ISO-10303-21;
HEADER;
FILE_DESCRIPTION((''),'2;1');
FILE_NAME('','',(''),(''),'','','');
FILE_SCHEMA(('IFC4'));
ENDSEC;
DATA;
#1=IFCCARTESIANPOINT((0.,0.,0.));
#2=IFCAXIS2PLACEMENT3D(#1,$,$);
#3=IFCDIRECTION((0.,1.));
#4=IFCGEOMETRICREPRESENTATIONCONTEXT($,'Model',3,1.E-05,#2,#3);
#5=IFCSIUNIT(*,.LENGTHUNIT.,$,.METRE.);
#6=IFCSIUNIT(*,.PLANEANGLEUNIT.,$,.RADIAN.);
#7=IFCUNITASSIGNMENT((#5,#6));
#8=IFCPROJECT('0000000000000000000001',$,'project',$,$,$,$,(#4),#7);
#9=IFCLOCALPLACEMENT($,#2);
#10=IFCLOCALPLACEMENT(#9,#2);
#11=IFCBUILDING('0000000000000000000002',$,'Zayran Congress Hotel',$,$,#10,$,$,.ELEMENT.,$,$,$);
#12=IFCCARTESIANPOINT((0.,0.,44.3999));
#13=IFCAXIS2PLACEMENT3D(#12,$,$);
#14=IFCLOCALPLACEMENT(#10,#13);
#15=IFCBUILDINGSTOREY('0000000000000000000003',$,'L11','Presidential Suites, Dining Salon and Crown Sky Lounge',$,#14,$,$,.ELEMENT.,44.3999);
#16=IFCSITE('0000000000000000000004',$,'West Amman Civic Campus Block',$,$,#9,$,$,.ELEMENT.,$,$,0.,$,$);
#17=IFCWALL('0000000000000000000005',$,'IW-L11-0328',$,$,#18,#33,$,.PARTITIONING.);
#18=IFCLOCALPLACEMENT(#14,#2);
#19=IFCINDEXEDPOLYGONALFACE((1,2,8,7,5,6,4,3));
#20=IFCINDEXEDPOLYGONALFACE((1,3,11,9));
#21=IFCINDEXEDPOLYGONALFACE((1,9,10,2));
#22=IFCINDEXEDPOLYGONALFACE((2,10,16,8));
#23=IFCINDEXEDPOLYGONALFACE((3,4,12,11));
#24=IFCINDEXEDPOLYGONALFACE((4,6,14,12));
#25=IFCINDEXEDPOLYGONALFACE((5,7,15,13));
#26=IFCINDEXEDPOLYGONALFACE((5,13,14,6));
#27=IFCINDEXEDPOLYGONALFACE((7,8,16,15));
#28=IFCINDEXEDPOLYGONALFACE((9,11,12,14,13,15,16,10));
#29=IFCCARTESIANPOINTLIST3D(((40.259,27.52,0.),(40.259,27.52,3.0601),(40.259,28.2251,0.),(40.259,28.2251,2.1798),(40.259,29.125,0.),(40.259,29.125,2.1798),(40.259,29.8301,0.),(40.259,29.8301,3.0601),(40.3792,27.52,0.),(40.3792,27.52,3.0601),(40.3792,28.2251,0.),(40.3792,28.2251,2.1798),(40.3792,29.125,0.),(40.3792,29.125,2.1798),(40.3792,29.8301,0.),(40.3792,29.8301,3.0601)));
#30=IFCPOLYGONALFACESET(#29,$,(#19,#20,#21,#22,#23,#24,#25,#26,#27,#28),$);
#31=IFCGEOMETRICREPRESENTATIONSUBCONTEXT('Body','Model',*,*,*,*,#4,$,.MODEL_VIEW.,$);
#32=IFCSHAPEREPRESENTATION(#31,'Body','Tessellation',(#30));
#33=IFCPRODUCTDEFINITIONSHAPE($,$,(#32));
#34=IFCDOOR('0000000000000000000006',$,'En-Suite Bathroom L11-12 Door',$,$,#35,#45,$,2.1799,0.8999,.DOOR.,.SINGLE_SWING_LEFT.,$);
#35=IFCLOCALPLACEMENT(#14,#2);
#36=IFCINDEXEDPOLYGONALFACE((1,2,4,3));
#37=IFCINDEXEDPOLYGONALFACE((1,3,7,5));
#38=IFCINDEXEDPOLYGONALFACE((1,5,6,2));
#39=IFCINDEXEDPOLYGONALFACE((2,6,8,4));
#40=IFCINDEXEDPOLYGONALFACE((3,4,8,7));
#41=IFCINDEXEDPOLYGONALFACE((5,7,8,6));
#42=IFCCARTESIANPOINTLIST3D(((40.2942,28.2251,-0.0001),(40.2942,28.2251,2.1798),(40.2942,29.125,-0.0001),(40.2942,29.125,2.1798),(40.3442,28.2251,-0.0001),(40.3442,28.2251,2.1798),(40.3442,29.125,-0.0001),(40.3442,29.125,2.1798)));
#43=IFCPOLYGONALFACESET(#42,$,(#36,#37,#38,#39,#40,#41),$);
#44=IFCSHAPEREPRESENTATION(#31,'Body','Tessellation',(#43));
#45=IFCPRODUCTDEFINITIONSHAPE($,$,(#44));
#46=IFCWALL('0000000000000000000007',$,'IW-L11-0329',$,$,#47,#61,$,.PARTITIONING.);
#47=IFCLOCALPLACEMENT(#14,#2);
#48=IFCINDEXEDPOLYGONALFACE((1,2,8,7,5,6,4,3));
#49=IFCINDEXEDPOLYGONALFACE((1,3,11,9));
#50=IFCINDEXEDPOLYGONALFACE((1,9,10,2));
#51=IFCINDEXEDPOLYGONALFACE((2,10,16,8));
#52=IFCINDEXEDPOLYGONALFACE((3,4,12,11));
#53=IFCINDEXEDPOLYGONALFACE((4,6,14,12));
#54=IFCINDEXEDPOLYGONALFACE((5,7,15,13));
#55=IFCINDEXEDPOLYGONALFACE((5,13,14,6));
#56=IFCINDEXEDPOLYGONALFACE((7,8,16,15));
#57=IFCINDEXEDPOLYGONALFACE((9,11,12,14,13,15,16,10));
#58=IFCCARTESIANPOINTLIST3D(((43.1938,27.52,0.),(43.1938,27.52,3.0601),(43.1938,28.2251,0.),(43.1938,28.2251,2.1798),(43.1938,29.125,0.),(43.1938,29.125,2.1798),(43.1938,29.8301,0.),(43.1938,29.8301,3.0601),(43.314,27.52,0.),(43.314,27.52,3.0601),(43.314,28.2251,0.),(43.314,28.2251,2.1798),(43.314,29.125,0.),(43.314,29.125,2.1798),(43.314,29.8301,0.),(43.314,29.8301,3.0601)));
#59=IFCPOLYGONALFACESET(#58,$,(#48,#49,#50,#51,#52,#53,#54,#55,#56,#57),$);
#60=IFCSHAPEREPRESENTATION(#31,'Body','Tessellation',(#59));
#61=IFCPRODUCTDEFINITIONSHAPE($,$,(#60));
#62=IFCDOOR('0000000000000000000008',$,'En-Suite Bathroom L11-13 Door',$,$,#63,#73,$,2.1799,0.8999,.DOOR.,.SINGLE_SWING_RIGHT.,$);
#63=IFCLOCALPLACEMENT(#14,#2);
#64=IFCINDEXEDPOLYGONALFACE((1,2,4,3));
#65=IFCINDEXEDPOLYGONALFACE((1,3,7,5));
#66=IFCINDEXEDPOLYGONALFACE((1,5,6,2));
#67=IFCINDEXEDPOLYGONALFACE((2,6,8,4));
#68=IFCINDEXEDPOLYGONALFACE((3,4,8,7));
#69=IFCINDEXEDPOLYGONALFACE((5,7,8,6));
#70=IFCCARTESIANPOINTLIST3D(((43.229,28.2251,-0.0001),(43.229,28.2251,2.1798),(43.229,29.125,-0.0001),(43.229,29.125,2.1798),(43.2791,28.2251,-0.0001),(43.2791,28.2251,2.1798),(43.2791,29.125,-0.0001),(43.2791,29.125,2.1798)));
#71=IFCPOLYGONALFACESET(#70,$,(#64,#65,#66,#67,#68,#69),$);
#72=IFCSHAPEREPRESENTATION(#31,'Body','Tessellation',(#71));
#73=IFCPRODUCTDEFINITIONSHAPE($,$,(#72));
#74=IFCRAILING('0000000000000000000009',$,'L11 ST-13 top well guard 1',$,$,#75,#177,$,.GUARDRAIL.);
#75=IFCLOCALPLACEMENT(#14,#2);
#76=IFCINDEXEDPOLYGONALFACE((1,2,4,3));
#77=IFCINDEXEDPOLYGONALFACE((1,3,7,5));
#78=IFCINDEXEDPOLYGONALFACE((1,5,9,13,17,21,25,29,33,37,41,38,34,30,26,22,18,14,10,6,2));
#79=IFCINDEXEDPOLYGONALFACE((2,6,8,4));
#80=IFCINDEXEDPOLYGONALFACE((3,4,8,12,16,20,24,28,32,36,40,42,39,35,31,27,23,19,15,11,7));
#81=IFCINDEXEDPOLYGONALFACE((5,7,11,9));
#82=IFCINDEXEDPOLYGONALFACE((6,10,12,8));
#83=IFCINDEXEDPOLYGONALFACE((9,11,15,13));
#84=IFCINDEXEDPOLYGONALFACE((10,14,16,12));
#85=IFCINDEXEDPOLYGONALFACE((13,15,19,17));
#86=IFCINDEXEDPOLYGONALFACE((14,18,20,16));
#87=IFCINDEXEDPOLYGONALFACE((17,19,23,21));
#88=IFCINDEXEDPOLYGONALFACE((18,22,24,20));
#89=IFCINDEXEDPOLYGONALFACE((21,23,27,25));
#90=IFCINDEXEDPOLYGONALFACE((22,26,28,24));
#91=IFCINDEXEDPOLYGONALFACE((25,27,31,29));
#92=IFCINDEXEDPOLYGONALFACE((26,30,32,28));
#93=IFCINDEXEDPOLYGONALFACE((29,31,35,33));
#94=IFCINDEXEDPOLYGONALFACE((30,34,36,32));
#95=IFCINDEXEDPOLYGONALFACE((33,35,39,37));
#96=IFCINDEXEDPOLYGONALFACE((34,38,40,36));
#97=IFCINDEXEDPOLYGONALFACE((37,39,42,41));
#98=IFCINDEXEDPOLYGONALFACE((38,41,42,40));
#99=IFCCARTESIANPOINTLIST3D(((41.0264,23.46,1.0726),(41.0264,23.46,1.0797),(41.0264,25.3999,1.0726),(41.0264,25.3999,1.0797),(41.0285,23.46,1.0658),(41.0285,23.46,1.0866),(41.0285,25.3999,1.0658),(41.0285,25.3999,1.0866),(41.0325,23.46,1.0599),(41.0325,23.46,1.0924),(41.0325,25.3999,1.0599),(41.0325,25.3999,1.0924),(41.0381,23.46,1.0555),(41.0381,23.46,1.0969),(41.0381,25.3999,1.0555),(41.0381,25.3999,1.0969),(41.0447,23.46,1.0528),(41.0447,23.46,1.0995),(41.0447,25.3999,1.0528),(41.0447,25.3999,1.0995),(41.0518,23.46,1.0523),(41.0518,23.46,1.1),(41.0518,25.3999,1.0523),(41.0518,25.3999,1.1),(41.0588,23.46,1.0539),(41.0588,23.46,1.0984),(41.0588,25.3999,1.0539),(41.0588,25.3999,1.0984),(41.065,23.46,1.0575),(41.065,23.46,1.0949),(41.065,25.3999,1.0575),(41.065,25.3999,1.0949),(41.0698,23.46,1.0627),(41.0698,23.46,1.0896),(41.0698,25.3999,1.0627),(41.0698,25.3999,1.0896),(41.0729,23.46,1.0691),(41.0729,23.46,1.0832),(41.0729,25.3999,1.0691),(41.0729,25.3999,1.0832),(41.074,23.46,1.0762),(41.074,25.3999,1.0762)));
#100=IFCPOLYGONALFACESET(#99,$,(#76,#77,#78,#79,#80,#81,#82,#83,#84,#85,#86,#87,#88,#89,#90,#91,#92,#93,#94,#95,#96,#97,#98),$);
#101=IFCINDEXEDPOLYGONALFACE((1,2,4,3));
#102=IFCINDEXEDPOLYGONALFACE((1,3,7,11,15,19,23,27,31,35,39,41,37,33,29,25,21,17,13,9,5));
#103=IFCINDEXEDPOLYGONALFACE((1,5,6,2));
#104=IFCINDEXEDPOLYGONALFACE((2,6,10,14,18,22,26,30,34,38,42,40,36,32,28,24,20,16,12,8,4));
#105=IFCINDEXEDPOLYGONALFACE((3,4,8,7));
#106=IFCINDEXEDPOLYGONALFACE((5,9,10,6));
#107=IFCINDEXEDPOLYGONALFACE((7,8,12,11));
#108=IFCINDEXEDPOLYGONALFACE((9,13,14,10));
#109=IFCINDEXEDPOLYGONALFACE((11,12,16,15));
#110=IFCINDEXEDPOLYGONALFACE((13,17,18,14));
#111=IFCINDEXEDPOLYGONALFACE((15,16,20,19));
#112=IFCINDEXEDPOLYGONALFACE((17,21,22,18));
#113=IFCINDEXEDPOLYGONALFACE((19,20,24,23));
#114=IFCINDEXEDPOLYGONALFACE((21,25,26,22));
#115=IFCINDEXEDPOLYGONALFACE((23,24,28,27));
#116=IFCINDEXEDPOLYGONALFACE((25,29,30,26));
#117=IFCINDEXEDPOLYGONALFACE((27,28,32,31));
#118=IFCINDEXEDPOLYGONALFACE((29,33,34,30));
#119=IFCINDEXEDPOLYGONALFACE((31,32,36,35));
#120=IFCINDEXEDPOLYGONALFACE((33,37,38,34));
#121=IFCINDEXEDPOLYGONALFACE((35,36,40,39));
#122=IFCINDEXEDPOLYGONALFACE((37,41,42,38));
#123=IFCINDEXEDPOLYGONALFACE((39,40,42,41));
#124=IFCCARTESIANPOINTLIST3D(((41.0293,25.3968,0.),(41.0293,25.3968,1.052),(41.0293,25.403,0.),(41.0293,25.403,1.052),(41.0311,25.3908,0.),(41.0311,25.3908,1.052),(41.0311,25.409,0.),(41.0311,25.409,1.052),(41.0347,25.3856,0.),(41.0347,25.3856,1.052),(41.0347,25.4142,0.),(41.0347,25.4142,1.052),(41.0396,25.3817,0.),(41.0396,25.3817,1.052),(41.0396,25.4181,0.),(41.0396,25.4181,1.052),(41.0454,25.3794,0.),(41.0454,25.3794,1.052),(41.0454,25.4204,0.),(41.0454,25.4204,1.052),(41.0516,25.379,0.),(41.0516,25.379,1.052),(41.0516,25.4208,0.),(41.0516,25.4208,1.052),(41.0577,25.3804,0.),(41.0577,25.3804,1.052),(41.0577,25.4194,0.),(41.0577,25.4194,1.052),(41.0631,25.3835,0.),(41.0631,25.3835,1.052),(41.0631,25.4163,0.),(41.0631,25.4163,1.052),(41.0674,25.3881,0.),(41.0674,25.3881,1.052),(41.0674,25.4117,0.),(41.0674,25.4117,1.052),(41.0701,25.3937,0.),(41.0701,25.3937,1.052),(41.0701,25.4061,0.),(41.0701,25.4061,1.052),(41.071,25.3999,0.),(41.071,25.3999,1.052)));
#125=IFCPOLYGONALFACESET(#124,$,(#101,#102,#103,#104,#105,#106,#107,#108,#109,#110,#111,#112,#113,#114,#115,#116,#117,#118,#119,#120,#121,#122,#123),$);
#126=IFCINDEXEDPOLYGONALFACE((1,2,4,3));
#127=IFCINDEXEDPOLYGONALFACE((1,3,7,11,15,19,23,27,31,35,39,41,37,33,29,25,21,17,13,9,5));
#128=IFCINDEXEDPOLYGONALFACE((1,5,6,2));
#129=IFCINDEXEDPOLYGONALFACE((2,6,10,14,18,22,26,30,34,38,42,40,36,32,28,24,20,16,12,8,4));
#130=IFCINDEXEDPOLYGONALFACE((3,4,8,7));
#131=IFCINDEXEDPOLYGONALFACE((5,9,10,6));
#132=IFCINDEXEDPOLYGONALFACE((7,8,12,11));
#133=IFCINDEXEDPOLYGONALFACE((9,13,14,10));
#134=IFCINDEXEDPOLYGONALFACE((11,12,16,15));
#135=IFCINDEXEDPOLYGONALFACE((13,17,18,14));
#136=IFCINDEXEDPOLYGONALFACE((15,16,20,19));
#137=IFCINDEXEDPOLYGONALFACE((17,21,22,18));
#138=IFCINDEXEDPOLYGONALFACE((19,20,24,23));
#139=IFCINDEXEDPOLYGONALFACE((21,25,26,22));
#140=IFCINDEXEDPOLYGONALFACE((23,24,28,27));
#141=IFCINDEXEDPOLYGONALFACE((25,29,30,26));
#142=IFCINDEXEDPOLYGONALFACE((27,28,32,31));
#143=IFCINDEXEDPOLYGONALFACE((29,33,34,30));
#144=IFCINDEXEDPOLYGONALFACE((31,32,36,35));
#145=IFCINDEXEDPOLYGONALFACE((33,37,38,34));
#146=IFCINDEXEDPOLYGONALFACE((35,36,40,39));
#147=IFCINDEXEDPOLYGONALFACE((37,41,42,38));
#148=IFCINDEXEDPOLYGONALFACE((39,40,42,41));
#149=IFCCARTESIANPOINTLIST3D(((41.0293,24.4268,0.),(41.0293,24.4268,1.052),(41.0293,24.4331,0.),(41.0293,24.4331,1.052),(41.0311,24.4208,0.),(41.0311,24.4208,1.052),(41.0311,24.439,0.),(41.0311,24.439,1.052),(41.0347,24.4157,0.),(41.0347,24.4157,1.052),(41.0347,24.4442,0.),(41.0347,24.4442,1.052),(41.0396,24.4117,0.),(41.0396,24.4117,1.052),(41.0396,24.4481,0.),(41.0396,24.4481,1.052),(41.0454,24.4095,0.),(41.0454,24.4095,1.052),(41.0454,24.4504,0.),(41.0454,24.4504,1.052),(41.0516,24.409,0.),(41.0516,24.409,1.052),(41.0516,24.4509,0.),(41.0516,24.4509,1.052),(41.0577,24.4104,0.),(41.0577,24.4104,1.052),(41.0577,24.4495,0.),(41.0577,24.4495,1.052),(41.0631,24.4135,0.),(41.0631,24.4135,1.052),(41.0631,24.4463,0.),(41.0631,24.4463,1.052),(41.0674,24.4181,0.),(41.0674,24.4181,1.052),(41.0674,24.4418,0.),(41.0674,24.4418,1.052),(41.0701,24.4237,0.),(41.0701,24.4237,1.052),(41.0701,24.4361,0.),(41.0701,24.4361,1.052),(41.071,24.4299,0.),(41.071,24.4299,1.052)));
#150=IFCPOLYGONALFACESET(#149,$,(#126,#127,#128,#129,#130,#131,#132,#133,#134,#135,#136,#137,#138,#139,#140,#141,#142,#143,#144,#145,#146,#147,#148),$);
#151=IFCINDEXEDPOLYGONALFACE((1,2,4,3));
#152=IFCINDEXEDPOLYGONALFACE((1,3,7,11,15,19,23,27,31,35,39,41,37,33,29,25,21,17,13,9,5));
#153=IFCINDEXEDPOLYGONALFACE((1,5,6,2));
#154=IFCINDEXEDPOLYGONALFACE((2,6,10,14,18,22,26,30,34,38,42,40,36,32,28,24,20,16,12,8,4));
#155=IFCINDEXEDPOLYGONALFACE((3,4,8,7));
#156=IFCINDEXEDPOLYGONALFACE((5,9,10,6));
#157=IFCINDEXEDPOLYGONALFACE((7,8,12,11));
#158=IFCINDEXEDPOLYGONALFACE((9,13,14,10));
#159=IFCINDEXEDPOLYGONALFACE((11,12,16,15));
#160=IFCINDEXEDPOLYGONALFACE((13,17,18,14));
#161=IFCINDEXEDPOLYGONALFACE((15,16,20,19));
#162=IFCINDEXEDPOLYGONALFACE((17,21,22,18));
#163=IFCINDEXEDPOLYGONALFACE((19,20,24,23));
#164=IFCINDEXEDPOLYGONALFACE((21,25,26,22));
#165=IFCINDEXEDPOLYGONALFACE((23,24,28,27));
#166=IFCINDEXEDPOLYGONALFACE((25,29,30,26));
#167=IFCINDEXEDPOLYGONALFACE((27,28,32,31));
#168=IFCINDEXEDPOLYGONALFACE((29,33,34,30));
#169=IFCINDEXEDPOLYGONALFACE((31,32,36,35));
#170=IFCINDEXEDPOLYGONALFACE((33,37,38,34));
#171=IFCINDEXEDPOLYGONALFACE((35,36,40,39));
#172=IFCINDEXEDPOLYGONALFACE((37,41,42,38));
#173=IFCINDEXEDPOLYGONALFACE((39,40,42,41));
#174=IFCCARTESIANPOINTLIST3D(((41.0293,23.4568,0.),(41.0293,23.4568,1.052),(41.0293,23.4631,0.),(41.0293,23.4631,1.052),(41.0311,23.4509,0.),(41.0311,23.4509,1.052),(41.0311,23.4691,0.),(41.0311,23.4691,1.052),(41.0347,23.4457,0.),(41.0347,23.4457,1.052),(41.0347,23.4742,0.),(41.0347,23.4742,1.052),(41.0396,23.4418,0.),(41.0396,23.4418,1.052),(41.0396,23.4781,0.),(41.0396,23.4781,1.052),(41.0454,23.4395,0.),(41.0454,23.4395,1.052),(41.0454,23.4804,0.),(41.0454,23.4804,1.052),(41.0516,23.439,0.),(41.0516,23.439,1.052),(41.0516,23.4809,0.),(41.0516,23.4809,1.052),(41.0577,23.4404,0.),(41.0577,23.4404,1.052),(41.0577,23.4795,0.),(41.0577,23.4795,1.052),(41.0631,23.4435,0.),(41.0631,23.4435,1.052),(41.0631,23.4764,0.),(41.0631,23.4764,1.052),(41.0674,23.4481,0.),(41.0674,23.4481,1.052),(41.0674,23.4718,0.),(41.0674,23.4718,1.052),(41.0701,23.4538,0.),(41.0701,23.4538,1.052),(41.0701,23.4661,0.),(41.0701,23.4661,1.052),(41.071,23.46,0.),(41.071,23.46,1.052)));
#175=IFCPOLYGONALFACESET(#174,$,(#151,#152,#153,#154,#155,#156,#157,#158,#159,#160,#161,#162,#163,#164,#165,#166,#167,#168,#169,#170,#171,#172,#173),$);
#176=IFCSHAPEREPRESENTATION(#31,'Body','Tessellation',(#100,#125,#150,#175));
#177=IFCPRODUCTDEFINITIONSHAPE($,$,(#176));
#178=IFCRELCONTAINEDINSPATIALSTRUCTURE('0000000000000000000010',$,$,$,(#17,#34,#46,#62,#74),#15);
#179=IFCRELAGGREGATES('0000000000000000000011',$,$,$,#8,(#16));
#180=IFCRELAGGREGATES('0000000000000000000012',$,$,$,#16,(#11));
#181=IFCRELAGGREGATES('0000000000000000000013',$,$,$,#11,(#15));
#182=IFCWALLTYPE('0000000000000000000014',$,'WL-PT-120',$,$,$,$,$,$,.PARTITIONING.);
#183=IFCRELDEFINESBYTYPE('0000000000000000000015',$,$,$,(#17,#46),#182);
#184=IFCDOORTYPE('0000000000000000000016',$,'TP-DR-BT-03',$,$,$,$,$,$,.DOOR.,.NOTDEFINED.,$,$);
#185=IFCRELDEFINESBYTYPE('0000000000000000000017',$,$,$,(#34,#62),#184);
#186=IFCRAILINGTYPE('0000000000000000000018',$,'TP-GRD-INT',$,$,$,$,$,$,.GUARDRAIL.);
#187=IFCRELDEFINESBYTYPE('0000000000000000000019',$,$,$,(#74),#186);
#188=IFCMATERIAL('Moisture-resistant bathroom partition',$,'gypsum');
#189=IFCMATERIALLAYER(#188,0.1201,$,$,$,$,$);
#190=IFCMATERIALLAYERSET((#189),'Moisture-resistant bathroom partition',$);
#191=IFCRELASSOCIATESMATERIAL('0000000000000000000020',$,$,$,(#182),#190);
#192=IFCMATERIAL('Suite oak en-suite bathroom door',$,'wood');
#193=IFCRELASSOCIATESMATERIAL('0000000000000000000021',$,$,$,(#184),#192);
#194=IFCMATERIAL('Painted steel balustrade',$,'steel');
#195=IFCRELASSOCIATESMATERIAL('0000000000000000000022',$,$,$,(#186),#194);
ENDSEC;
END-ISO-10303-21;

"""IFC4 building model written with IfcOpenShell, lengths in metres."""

from ifc_helpers import new_model, si_unit, direction, frame, frame_2d, origin, origin_2d, place, context, subcontext, project, spatial, rectangle, circle, extrude, material, layer, layer_set, type_object, element, fill, save


model = new_model("IFC4")

# Units and contexts
model_context = context("Model", 3, precision=1e-05, world=origin(), true_north=direction((0.0, 1.0)))
body_context = subcontext(model_context, "Body", "Model", "MODEL_VIEW")
ifc_project = project(units=[si_unit("LENGTHUNIT", "METRE"), si_unit("PLANEANGLEUNIT", "RADIAN")], contexts=[model_context])

# Site, building, storey
site_placement = place(None, origin())
site = spatial("IfcSite", under=ifc_project, at=site_placement, Name="West Amman Civic Campus Block", CompositionType="ELEMENT", RefElevation=0.0)
building_placement = place(site_placement, origin())
building = spatial("IfcBuilding", under=site, at=building_placement, Name="Zayran Congress Hotel", CompositionType="ELEMENT")
storey_placement = place(building_placement, frame((0.0, 0.0, 44.3999)))
storey = spatial("IfcBuildingStorey", under=building, at=storey_placement, Name="L11", Description="Presidential Suites, Dining Salon and Crown Sky Lounge", CompositionType="ELEMENT", Elevation=44.3999)

# Walls, openings, doors
ifc_material_1 = material(Name="Moisture-resistant bathroom partition", Category="gypsum")
ifc_layer_1 = layer(ifc_material_1, 0.1201)
ifc_layer_set_1 = layer_set([ifc_layer_1], Name="Moisture-resistant bathroom partition")
wall_type_1 = type_object("IfcWallType", Name="WL-PT-120", PredefinedType="PARTITIONING", material=ifc_layer_set_1)
wall_1_placement = place(storey_placement, frame((40.3191, 27.52, 0.0), z_axis=(0.0, 0.0, 1.0), x_axis=(0.0, 1.0, 0.0)))
wall_1 = element("IfcWall", 1, at=wall_1_placement, inside=storey, type_object=wall_type_1, Name="IW-L11-0328", PredefinedType="PARTITIONING", context=body_context, shape_type="SweptSolid", body=[
    extrude(rectangle(XDim=2.3101, YDim=0.1201, at=frame_2d((1.155, 0.0))), origin(), (0.0, 0.0, 1.0), 3.0601),
])
opening_1_placement = place(wall_1_placement, frame((0.7051, 0.0, 0.0)))
opening_1 = element("IfcOpeningElement", 2, at=opening_1_placement, cuts=wall_1, PredefinedType="OPENING", context=body_context, shape_type="SweptSolid", body=[
    extrude(rectangle(XDim=0.8999, YDim=2.1799, at=frame_2d((0.45, 1.0898))), frame((0.0, 0.0701, 0.0), z_axis=(0.0, -1.0, 0.0), x_axis=(1.0, 0.0, 0.0)), (0.0, 0.0, 1.0), 0.1401),
])
ifc_material_2 = material(Name="Suite oak en-suite bathroom door", Category="wood")
door_type_1 = type_object("IfcDoorType", Name="TP-DR-BT-03", OperationType="NOTDEFINED", PredefinedType="DOOR", material=ifc_material_2)
door_1_placement = place(opening_1_placement, origin())
door_1 = element("IfcDoor", 3, at=door_1_placement, inside=storey, type_object=door_type_1, Name="En-Suite Bathroom L11-12 Door", OperationType="SINGLE_SWING_LEFT", OverallHeight=2.1799, OverallWidth=0.8999, PredefinedType="DOOR", context=body_context, shape_type="SweptSolid", body=[
    extrude(rectangle(XDim=0.8999, YDim=2.1799, at=frame_2d((0.45, 1.0898))), frame((0.0, 0.0249, 0.0), z_axis=(0.0, -1.0, 0.0), x_axis=(1.0, 0.0, 0.0)), (0.0, 0.0, 1.0), 0.05),
])
fill(opening_1, door_1)
wall_2_placement = place(storey_placement, frame((43.2539, 27.52, 0.0), z_axis=(0.0, 0.0, 1.0), x_axis=(0.0, 1.0, 0.0)))
wall_2 = element("IfcWall", 4, at=wall_2_placement, inside=storey, type_object=wall_type_1, Name="IW-L11-0329", PredefinedType="PARTITIONING", context=body_context, shape_type="SweptSolid", body=[
    extrude(rectangle(XDim=2.3101, YDim=0.1201, at=frame_2d((1.155, 0.0))), origin(), (0.0, 0.0, 1.0), 3.0601),
])
opening_2_placement = place(wall_2_placement, frame((0.7051, 0.0, 0.0)))
opening_2 = element("IfcOpeningElement", 5, at=opening_2_placement, cuts=wall_2, PredefinedType="OPENING", context=body_context, shape_type="SweptSolid", body=[
    extrude(rectangle(XDim=0.8999, YDim=2.1799, at=frame_2d((0.45, 1.0898))), frame((0.0, 0.0701, 0.0), z_axis=(0.0, -1.0, 0.0), x_axis=(1.0, 0.0, 0.0)), (0.0, 0.0, 1.0), 0.1401),
])
door_2_placement = place(opening_2_placement, origin())
door_2 = element("IfcDoor", 6, at=door_2_placement, inside=storey, type_object=door_type_1, Name="En-Suite Bathroom L11-13 Door", OperationType="SINGLE_SWING_RIGHT", OverallHeight=2.1799, OverallWidth=0.8999, PredefinedType="DOOR", context=body_context, shape_type="SweptSolid", body=[
    extrude(rectangle(XDim=0.8999, YDim=2.1799, at=frame_2d((0.45, 1.0898))), frame((0.0, 0.0249, 0.0), z_axis=(0.0, -1.0, 0.0), x_axis=(1.0, 0.0, 0.0)), (0.0, 0.0, 1.0), 0.05),
])
fill(opening_2, door_2)

# Railing
ifc_material_3 = material(Name="Painted steel balustrade", Category="steel")
railing_type = type_object("IfcRailingType", Name="TP-GRD-INT", PredefinedType="GUARDRAIL", material=ifc_material_3)
railing_placement = place(storey_placement, frame((41.05, 25.3999, 0.0)))
element("IfcRailing", 7, at=railing_placement, inside=storey, type_object=railing_type, Name="L11 ST-13 top well guard 1", PredefinedType="GUARDRAIL", context=body_context, shape_type="SweptSolid", body=[
    extrude(circle(Radius=0.0239, at=origin_2d()), frame((0.0, 0.0, 1.0762), z_axis=(0.0, -1.0, 0.0), x_axis=(1.0, 0.0, 0.0)), (0.0, 0.0, 1.0), 1.9399),
    extrude(circle(Radius=0.021, at=origin_2d()), origin(), (0.0, 0.0, 1.0), 1.052),
    extrude(circle(Radius=0.021, at=origin_2d()), frame((0.0, -0.97, 0.0)), (0.0, 0.0, 1.0), 1.052),
    extrude(circle(Radius=0.021, at=origin_2d()), frame((0.0, -1.9399, 0.0)), (0.0, 0.0, 1.0), 1.052),
])

save(model, "model.ifc")
